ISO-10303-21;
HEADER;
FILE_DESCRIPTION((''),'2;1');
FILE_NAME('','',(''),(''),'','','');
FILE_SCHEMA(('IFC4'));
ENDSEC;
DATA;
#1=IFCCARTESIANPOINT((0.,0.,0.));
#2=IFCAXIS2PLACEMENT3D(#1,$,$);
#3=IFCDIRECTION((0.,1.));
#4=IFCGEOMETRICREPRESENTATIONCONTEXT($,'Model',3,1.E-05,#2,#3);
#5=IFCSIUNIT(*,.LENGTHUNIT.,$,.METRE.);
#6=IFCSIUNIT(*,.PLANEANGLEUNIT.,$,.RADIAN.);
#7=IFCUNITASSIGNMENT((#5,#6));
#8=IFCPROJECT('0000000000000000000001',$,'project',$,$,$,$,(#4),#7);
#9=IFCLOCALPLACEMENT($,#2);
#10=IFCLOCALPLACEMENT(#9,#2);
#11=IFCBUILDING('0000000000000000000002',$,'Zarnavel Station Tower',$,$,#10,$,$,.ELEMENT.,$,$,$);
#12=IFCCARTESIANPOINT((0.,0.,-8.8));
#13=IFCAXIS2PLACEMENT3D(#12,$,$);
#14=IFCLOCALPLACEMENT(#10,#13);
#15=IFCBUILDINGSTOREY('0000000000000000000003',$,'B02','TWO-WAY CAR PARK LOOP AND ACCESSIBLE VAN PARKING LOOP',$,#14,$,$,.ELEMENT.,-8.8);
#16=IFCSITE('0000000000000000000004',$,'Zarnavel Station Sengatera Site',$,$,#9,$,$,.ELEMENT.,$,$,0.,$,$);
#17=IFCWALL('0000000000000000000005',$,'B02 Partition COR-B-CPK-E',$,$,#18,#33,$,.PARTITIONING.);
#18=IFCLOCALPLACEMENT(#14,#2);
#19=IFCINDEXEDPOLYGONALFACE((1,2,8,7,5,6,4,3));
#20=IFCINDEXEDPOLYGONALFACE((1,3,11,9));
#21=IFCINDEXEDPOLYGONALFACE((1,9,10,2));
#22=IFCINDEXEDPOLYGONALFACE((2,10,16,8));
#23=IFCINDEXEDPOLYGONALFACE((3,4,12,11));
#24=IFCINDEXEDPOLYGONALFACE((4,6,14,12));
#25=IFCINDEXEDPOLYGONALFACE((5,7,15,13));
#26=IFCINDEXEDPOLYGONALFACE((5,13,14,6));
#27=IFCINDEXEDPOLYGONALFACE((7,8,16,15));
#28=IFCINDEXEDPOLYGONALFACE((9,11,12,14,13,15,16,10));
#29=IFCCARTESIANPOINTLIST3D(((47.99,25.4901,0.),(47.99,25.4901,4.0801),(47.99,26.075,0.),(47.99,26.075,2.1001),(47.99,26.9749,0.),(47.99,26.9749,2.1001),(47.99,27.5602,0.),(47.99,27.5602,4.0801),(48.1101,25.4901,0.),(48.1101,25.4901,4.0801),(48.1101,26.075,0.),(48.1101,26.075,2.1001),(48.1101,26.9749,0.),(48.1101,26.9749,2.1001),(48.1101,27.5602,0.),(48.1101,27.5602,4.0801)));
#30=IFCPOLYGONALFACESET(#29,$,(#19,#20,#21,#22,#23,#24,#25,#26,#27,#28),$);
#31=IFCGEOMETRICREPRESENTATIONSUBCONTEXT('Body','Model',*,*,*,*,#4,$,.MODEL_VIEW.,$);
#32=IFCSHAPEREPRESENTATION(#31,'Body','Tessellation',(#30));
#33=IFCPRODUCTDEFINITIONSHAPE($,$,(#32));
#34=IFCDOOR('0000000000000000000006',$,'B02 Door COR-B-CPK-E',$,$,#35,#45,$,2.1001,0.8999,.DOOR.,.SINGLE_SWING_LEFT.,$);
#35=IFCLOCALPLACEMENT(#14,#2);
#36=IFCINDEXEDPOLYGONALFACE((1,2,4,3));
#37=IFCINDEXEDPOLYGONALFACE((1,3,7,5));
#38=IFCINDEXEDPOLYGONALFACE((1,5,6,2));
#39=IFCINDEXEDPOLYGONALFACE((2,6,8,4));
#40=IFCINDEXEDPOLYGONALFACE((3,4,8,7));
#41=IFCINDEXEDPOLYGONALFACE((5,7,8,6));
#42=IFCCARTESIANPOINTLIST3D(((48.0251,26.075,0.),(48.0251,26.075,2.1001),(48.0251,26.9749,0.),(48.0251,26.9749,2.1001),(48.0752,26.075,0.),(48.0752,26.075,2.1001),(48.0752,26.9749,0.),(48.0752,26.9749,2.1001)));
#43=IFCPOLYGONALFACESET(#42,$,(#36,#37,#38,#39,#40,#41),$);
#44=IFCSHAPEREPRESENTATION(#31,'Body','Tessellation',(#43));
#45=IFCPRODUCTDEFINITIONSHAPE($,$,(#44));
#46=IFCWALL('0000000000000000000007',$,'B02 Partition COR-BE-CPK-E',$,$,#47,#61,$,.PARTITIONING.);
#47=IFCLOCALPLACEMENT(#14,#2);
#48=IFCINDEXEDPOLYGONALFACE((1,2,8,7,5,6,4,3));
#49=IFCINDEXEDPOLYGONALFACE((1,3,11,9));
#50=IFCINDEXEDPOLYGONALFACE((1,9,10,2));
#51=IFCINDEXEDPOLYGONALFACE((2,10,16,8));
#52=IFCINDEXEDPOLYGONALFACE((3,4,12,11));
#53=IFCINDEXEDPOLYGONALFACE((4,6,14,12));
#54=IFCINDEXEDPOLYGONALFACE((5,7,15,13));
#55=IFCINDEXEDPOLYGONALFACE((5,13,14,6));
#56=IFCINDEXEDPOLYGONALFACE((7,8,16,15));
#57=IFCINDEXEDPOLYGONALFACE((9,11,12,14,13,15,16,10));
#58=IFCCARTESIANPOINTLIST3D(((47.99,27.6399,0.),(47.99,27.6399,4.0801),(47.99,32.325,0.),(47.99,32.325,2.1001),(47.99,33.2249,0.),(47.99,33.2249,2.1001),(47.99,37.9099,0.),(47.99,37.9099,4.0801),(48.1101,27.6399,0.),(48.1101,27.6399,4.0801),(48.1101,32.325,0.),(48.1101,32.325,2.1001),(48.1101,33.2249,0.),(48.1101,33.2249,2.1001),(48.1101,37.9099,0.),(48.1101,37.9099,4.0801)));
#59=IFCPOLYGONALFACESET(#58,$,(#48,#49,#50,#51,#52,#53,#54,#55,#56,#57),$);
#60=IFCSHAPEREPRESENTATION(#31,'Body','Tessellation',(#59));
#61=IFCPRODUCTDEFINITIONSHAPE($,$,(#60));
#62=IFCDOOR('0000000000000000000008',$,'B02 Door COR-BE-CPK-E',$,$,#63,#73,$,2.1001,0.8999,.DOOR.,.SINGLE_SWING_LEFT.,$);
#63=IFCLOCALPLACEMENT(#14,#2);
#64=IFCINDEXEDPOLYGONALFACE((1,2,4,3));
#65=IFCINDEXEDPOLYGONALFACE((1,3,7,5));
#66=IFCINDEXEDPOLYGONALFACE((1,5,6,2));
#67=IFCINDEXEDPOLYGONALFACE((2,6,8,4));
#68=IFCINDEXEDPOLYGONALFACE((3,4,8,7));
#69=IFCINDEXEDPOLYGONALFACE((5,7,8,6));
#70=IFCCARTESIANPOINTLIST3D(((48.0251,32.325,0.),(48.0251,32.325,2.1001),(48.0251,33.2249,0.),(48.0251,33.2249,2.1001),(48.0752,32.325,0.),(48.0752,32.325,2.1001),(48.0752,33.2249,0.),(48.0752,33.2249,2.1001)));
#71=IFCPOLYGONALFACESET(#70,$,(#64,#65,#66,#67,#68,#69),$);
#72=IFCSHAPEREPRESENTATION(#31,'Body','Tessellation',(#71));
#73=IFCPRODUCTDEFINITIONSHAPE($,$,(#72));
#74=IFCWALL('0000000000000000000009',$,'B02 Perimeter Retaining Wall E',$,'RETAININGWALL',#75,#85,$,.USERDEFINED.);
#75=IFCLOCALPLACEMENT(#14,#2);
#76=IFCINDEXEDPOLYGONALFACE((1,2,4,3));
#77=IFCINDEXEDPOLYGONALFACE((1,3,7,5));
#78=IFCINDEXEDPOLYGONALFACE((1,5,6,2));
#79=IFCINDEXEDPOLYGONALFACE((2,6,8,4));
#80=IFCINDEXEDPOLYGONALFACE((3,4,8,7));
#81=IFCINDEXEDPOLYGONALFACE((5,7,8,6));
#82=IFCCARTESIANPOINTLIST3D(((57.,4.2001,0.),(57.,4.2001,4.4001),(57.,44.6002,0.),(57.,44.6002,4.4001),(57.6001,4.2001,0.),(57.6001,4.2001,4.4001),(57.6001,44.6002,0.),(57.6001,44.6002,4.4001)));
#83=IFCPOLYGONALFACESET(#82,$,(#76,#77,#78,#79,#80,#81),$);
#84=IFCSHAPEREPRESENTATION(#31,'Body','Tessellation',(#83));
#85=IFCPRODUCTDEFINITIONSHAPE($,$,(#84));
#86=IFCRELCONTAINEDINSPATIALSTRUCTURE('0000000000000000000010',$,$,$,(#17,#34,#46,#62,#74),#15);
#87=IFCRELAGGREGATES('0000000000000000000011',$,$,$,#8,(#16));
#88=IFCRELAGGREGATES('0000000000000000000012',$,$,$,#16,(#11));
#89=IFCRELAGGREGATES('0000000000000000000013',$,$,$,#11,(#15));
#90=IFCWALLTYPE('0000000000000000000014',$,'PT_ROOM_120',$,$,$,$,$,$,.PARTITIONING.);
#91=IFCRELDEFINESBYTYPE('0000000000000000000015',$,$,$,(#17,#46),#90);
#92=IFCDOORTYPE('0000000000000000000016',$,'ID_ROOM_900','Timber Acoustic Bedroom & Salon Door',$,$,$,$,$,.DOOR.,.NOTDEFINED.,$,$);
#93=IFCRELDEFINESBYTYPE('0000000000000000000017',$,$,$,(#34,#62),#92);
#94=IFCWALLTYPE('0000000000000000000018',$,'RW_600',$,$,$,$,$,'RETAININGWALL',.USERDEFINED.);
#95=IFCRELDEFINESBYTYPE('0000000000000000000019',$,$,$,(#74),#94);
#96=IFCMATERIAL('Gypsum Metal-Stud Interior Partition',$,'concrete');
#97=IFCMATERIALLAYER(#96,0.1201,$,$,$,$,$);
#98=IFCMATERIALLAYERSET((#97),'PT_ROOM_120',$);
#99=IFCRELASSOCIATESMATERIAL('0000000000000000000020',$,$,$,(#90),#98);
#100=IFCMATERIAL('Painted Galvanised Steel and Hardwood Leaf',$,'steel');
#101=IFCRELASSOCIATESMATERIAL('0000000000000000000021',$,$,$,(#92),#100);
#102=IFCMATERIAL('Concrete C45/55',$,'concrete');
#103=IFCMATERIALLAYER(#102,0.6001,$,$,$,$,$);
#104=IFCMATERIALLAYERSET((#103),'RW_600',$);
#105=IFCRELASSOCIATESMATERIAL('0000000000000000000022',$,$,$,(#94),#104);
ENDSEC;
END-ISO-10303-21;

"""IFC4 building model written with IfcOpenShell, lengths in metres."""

from ifc_helpers import new_model, si_unit, direction, frame, frame_2d, origin, place, context, subcontext, project, spatial, rectangle, extrude, material, layer, layer_set, type_object, element, fill, save


model = new_model("IFC4")

# Units and contexts
model_context = context("Model", 3, precision=1e-05, world=origin(), true_north=direction((0.0, 1.0)))
body_context = subcontext(model_context, "Body", "Model", "MODEL_VIEW")
ifc_project = project(units=[si_unit("LENGTHUNIT", "METRE"), si_unit("PLANEANGLEUNIT", "RADIAN")], contexts=[model_context])

# Site, building, storey
site_placement = place(None, origin())
site = spatial("IfcSite", under=ifc_project, at=site_placement, Name="Zarnavel Station Sengatera Site", CompositionType="ELEMENT", RefElevation=0.0)
building_placement = place(site_placement, origin())
building = spatial("IfcBuilding", under=site, at=building_placement, Name="Zarnavel Station Tower", CompositionType="ELEMENT")
storey_placement = place(building_placement, frame((0.0, 0.0, -8.8)))
storey = spatial("IfcBuildingStorey", under=building, at=storey_placement, Name="B02", Description="TWO-WAY CAR PARK LOOP AND ACCESSIBLE VAN PARKING LOOP", CompositionType="ELEMENT", Elevation=-8.8)

# Walls, openings, doors
ifc_material_1 = material(Name="Gypsum Metal-Stud Interior Partition", Category="concrete")
ifc_layer_1 = layer(ifc_material_1, 0.1201)
ifc_layer_set_1 = layer_set([ifc_layer_1], Name="PT_ROOM_120")
wall_type_1 = type_object("IfcWallType", Name="PT_ROOM_120", PredefinedType="PARTITIONING", material=ifc_layer_set_1)
wall_1_placement = place(storey_placement, frame((48.05, 25.49, 0.0), z_axis=(0.0, 0.0, 1.0), x_axis=(0.0, 1.0, 0.0)))
wall_1 = element("IfcWall", 1, at=wall_1_placement, inside=storey, type_object=wall_type_1, Name="B02 Partition COR-B-CPK-E", PredefinedType="PARTITIONING", context=body_context, shape_type="SweptSolid", body=[
    extrude(rectangle(XDim=2.0701, YDim=0.1201, at=frame_2d((1.0352, 0.0))), origin(), (0.0, 0.0, 1.0), 4.0801),
])
opening_1_placement = place(wall_1_placement, frame((0.585, 0.0, 0.0)))
opening_1 = element("IfcOpeningElement", 2, at=opening_1_placement, cuts=wall_1, PredefinedType="OPENING", context=body_context, shape_type="SweptSolid", body=[
    extrude(rectangle(XDim=0.8999, YDim=2.1001, at=frame_2d((0.45, 1.05))), frame((0.0, 0.0701, 0.0), z_axis=(0.0, -1.0, 0.0), x_axis=(1.0, 0.0, 0.0)), (0.0, 0.0, 1.0), 0.1401),
])
ifc_material_2 = material(Name="Painted Galvanised Steel and Hardwood Leaf", Category="steel")
door_type_1 = type_object("IfcDoorType", Name="ID_ROOM_900", Description="Timber Acoustic Bedroom & Salon Door", OperationType="NOTDEFINED", PredefinedType="DOOR", material=ifc_material_2)
door_1_placement = place(opening_1_placement, origin())
door_1 = element("IfcDoor", 3, at=door_1_placement, inside=storey, type_object=door_type_1, Name="B02 Door COR-B-CPK-E", OperationType="SINGLE_SWING_LEFT", OverallHeight=2.1001, OverallWidth=0.8999, PredefinedType="DOOR", context=body_context, shape_type="SweptSolid", body=[
    extrude(rectangle(XDim=0.8999, YDim=2.1001, at=frame_2d((0.45, 1.05))), frame((0.0, 0.0249, 0.0), z_axis=(0.0, -1.0, 0.0), x_axis=(1.0, 0.0, 0.0)), (0.0, 0.0, 1.0), 0.05),
])
fill(opening_1, door_1)
wall_2_placement = place(storey_placement, frame((48.05, 27.6399, 0.0), z_axis=(0.0, 0.0, 1.0), x_axis=(0.0, 1.0, 0.0)))
wall_2 = element("IfcWall", 4, at=wall_2_placement, inside=storey, type_object=wall_type_1, Name="B02 Partition COR-BE-CPK-E", PredefinedType="PARTITIONING", context=body_context, shape_type="SweptSolid", body=[
    extrude(rectangle(XDim=10.27, YDim=0.1201, at=frame_2d((5.135, 0.0))), origin(), (0.0, 0.0, 1.0), 4.0801),
])
opening_2_placement = place(wall_2_placement, frame((4.6851, 0.0, 0.0)))
opening_2 = element("IfcOpeningElement", 5, at=opening_2_placement, cuts=wall_2, PredefinedType="OPENING", context=body_context, shape_type="SweptSolid", body=[
    extrude(rectangle(XDim=0.8999, YDim=2.1001, at=frame_2d((0.45, 1.05))), frame((0.0, 0.0701, 0.0), z_axis=(0.0, -1.0, 0.0), x_axis=(1.0, 0.0, 0.0)), (0.0, 0.0, 1.0), 0.1401),
])
door_2_placement = place(opening_2_placement, origin())
door_2 = element("IfcDoor", 6, at=door_2_placement, inside=storey, type_object=door_type_1, Name="B02 Door COR-BE-CPK-E", OperationType="SINGLE_SWING_LEFT", OverallHeight=2.1001, OverallWidth=0.8999, PredefinedType="DOOR", context=body_context, shape_type="SweptSolid", body=[
    extrude(rectangle(XDim=0.8999, YDim=2.1001, at=frame_2d((0.45, 1.05))), frame((0.0, 0.0249, 0.0), z_axis=(0.0, -1.0, 0.0), x_axis=(1.0, 0.0, 0.0)), (0.0, 0.0, 1.0), 0.05),
])
fill(opening_2, door_2)

# Wall
ifc_material_3 = material(Name="Concrete C45/55", Category="concrete")
ifc_layer_2 = layer(ifc_material_3, 0.6001)
ifc_layer_set_2 = layer_set([ifc_layer_2], Name="RW_600")
wall_type_2 = type_object("IfcWallType", Name="RW_600", ElementType="RETAININGWALL", PredefinedType="USERDEFINED", material=ifc_layer_set_2)
wall_3_placement = place(storey_placement, frame((57.3, 4.2, 0.0), z_axis=(0.0, 0.0, 1.0), x_axis=(0.0, 1.0, 0.0)))
element("IfcWall", 7, at=wall_3_placement, inside=storey, type_object=wall_type_2, Name="B02 Perimeter Retaining Wall E", ObjectType="RETAININGWALL", PredefinedType="USERDEFINED", context=body_context, shape_type="SweptSolid", body=[
    extrude(rectangle(XDim=40.4001, YDim=0.6001, at=frame_2d((20.2002, 0.0))), origin(), (0.0, 0.0, 1.0), 4.4001),
])

save(model, "model.ifc")
